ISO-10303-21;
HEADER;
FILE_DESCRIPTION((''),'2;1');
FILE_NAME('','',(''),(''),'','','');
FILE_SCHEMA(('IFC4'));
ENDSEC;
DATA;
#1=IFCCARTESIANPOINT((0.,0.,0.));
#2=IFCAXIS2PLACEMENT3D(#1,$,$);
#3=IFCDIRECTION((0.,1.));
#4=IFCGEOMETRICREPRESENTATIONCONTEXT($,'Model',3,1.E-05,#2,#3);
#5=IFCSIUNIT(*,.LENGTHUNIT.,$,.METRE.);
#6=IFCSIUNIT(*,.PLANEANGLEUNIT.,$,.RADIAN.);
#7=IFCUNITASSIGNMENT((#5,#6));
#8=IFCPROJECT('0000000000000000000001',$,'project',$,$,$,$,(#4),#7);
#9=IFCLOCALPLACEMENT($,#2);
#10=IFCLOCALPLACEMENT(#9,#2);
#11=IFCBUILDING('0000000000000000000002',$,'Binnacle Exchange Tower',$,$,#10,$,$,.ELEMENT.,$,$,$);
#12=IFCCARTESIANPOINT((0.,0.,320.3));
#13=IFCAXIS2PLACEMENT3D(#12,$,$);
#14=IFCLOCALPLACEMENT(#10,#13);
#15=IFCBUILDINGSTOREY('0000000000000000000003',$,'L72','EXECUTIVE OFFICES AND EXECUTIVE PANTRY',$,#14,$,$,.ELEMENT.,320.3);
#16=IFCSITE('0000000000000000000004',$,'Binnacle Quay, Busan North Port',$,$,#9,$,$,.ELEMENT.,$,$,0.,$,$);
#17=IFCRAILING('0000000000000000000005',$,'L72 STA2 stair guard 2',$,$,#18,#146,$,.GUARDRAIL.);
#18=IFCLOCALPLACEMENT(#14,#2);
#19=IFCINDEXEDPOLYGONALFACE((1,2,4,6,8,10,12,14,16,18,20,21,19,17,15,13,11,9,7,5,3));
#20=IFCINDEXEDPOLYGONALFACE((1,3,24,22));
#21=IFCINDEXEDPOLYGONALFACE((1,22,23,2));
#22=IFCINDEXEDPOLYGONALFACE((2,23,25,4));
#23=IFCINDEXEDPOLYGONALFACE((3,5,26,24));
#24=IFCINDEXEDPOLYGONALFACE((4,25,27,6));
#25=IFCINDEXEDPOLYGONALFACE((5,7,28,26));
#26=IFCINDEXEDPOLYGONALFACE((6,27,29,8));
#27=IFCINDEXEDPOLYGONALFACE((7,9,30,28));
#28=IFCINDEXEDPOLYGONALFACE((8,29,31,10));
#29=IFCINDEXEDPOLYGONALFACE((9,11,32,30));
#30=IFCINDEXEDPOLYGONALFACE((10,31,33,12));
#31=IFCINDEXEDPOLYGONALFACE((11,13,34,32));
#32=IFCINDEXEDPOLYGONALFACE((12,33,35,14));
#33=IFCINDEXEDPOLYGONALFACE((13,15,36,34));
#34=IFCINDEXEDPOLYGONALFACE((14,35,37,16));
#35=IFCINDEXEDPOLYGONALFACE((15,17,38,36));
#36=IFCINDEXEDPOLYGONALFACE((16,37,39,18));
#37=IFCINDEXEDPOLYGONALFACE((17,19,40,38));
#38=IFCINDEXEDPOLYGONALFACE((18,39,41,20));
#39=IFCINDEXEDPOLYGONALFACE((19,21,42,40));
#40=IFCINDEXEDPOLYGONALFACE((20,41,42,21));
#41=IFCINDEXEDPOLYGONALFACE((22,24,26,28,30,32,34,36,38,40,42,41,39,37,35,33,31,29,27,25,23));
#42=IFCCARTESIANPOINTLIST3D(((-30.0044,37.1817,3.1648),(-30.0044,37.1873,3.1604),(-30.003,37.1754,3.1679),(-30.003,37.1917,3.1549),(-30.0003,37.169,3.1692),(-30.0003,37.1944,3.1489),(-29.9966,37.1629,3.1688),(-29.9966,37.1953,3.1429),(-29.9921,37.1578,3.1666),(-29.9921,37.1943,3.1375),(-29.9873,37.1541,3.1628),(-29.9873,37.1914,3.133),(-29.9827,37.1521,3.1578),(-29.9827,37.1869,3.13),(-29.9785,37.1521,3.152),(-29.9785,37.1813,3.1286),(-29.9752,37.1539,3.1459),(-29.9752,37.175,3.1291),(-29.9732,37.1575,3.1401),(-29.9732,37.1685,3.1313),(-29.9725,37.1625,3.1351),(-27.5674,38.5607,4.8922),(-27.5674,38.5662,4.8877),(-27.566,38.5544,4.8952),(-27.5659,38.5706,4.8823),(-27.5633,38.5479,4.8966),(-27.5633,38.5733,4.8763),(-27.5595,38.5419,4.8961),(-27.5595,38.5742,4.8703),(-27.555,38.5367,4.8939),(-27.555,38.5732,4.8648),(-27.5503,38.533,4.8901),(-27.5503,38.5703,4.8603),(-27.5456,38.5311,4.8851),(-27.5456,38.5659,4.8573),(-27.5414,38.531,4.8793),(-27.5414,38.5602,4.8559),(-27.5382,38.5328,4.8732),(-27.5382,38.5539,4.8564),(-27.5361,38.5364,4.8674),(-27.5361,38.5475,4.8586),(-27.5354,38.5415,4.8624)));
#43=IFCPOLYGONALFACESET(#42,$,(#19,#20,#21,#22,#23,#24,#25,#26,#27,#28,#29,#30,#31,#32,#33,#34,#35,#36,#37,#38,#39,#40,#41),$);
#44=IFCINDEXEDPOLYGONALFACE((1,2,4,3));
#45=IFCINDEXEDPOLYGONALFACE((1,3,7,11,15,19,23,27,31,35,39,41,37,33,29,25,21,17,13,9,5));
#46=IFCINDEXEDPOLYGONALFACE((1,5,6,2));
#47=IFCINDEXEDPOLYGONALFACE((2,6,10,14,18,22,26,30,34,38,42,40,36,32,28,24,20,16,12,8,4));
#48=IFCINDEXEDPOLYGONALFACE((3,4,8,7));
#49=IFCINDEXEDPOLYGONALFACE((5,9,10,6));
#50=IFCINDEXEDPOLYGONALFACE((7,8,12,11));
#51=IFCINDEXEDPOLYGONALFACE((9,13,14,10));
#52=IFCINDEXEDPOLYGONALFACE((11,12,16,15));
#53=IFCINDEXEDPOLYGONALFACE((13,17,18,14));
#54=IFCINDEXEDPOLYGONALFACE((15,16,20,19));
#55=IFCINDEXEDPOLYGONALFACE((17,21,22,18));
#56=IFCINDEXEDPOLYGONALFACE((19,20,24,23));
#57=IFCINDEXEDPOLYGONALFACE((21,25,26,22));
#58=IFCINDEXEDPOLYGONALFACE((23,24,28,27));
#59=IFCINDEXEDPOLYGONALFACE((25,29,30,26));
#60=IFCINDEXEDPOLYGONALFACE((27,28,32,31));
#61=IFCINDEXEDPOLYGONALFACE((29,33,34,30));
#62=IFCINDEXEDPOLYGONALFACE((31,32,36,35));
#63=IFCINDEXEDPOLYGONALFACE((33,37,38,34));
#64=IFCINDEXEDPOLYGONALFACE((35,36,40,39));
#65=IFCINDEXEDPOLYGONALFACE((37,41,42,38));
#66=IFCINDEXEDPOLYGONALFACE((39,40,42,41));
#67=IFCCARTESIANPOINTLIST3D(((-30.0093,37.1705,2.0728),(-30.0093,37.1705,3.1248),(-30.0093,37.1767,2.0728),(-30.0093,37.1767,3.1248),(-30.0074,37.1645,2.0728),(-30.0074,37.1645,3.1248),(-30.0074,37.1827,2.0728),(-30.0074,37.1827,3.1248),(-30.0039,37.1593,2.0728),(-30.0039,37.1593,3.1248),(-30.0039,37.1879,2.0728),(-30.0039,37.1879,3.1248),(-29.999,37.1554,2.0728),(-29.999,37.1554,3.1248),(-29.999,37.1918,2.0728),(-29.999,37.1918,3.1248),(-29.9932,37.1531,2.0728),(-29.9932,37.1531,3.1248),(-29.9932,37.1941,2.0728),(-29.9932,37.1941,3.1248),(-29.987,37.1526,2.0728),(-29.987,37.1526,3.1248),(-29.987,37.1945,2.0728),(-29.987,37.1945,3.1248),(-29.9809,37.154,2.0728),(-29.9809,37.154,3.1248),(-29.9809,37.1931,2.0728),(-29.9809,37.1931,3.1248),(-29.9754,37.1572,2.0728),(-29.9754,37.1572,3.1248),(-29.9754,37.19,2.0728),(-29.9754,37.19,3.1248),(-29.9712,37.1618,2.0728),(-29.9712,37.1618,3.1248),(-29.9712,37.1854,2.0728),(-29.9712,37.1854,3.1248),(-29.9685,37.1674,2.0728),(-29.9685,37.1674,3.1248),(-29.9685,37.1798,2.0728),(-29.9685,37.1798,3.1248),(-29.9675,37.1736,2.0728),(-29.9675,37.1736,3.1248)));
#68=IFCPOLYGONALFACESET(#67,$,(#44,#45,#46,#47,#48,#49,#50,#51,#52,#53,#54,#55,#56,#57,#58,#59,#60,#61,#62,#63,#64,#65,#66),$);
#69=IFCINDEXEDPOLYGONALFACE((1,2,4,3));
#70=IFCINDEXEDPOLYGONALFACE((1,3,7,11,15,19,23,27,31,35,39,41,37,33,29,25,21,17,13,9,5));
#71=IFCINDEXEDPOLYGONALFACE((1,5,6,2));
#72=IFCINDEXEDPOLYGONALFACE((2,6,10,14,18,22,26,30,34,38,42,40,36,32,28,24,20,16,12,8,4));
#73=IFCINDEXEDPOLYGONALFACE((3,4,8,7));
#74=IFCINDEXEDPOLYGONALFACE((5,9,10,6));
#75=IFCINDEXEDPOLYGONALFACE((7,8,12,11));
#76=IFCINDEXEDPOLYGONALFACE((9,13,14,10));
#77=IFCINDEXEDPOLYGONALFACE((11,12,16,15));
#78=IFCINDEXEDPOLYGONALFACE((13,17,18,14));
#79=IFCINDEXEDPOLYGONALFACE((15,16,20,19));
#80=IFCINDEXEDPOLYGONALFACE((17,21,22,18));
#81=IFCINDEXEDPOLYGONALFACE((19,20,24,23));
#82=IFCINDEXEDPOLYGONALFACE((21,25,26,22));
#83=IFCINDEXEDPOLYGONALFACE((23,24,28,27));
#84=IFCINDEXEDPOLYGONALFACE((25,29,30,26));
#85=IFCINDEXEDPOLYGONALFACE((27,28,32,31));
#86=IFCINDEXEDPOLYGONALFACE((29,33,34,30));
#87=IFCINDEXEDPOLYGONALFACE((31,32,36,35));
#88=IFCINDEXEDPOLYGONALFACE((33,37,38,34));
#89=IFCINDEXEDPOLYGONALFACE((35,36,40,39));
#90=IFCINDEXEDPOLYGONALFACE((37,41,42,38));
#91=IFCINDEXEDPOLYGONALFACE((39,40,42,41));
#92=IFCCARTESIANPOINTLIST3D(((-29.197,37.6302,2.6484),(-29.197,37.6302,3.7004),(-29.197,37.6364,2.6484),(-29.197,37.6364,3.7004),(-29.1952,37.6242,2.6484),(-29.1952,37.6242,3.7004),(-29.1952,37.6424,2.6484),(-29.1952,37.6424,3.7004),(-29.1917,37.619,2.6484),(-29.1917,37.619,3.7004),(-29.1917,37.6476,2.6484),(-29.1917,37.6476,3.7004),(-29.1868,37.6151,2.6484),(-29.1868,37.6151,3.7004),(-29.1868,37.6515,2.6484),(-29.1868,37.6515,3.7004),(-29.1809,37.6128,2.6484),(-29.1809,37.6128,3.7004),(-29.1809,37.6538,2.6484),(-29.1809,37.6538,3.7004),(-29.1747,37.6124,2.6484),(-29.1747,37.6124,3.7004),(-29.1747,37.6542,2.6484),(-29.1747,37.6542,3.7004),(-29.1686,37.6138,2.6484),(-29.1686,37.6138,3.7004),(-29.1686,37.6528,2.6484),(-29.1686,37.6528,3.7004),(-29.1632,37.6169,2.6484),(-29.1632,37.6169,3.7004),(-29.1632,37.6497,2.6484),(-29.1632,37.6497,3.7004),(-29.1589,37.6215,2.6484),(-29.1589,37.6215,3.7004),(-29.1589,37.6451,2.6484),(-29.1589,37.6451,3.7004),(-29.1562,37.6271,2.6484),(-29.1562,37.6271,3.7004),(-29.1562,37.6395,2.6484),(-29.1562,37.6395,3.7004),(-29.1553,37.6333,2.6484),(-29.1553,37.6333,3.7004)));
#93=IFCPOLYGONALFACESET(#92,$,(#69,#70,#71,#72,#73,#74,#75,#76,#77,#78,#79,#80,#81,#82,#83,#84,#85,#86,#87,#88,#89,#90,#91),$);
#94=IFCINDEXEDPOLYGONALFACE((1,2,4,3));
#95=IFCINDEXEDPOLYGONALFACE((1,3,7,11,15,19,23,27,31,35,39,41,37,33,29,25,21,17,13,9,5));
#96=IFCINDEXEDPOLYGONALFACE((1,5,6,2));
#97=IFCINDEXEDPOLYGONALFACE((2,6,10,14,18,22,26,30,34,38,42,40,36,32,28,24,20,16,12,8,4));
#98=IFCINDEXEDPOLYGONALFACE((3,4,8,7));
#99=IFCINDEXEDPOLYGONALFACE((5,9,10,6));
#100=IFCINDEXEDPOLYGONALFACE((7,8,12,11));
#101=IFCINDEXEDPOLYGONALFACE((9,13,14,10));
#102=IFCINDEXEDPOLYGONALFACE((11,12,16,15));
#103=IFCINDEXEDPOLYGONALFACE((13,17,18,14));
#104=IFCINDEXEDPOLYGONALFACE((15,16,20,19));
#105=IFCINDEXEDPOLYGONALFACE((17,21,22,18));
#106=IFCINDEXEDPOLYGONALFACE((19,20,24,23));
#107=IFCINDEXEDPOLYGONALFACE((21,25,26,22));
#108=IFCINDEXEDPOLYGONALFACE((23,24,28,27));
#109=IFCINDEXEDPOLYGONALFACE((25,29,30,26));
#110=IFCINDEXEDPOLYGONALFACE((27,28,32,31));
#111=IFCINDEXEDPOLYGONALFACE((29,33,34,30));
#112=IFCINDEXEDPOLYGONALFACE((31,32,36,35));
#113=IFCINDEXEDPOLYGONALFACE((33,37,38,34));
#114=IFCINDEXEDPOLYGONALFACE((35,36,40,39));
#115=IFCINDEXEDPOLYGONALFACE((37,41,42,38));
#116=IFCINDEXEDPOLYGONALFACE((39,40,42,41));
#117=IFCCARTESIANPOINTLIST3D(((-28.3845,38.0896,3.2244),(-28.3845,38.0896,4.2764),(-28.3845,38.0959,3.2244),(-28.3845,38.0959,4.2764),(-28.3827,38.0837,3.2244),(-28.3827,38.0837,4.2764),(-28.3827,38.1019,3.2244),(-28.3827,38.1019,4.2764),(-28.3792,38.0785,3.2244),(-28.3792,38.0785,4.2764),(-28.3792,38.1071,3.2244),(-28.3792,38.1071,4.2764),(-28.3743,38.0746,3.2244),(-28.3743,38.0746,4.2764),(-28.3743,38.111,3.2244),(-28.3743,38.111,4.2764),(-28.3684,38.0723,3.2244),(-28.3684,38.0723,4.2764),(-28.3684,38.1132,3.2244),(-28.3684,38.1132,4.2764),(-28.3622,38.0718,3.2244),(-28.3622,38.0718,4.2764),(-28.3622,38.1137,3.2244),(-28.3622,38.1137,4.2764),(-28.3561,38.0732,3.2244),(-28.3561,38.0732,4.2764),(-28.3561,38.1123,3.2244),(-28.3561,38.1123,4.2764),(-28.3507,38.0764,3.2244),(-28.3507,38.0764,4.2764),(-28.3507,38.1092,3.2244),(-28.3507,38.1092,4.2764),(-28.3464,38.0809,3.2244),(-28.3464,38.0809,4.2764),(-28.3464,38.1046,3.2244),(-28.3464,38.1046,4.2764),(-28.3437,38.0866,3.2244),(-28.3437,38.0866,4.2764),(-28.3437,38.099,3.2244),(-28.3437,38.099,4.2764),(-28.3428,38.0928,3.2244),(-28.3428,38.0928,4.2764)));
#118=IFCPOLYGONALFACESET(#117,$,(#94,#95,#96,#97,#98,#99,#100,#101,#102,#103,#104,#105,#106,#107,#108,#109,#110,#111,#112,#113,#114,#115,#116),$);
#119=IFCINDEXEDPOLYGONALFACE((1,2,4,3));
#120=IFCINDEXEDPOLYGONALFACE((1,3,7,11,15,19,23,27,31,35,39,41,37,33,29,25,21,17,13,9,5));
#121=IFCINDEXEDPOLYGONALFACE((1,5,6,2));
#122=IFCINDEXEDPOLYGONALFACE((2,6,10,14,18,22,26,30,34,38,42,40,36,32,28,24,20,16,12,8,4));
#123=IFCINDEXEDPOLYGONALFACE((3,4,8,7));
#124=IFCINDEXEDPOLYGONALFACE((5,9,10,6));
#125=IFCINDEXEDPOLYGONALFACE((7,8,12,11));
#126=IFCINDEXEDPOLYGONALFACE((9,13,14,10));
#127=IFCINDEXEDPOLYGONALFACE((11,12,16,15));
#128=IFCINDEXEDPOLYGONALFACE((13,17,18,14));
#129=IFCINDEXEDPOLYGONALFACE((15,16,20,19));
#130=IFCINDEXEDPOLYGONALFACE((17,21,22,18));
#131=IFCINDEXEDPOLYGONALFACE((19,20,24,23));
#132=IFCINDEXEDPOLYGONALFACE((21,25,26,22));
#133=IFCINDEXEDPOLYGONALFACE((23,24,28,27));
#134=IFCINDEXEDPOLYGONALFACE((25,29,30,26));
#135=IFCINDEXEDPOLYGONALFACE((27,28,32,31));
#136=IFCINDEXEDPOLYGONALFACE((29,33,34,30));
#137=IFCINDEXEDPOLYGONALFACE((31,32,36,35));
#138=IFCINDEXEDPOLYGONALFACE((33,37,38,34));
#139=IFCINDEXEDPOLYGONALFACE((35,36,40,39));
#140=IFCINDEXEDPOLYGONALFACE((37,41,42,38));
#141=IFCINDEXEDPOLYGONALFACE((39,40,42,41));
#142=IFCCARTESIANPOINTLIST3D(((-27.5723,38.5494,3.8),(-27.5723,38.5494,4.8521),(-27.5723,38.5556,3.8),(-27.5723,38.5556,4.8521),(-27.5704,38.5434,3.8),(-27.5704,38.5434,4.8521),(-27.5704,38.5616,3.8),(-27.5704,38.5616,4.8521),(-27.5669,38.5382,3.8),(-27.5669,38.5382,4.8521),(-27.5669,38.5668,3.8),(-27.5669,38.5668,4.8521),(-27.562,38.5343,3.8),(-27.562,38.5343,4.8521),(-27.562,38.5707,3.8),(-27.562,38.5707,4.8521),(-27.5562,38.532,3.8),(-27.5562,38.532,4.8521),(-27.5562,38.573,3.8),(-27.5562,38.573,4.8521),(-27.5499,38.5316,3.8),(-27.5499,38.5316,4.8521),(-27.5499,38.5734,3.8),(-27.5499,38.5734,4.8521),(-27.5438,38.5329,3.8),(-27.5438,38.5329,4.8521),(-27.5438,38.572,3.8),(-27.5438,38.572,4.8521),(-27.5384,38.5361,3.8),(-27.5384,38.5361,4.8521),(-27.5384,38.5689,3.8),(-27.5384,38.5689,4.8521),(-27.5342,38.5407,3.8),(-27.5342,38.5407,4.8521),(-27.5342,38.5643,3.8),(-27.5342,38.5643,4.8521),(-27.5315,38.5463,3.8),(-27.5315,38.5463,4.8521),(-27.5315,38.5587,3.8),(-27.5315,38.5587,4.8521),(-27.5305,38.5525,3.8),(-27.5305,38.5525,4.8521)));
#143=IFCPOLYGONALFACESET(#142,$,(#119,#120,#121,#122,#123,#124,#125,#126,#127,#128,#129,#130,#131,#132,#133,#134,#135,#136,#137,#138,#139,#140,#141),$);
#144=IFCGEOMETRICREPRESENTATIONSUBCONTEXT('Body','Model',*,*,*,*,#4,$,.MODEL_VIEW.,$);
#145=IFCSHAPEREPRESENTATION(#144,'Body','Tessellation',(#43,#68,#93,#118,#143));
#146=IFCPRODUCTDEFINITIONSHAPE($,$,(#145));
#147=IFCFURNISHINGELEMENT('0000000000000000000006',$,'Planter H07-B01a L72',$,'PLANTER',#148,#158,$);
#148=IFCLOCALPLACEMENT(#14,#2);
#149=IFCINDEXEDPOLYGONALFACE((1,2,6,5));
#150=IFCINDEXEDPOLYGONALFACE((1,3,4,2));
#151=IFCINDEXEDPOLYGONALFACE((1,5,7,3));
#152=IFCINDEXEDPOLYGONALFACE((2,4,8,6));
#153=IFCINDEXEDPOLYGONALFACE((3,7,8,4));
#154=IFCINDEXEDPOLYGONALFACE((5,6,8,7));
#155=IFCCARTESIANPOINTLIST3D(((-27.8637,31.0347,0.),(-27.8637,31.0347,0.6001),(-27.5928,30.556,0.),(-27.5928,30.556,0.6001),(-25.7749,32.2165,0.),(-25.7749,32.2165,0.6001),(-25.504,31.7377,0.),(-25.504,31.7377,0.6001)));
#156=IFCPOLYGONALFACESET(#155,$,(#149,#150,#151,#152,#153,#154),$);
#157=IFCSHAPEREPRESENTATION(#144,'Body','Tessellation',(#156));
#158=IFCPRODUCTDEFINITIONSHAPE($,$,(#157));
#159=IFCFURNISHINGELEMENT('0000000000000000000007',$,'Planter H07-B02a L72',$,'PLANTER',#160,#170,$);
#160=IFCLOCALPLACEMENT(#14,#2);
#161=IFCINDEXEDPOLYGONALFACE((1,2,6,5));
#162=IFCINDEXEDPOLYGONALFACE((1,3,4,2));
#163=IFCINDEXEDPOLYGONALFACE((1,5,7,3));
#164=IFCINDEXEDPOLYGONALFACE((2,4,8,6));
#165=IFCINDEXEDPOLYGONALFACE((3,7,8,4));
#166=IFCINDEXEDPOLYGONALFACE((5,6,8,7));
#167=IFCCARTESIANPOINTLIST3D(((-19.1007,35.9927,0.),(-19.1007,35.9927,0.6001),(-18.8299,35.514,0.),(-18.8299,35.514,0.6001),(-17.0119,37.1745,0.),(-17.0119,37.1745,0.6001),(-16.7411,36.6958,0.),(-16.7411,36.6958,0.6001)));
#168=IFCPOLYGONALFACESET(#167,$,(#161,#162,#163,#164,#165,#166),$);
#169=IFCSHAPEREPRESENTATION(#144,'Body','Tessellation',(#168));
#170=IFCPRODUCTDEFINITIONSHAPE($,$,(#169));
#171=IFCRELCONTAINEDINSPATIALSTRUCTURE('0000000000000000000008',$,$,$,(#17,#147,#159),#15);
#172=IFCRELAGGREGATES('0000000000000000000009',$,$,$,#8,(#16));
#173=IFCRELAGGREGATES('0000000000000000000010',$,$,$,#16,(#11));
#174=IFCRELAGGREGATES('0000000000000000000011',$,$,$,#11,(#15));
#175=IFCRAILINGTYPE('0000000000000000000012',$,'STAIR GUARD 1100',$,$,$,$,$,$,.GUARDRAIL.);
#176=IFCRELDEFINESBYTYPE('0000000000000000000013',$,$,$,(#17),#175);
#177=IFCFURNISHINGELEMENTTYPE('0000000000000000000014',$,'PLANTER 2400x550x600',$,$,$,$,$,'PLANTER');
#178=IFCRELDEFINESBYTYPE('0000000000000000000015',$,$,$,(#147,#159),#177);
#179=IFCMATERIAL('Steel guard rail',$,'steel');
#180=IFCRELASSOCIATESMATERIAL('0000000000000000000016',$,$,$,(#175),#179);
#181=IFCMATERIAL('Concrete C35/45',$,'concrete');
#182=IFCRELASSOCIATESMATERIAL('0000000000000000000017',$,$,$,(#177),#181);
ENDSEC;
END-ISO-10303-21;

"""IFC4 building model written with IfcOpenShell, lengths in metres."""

from ifc_helpers import new_model, si_unit, direction, frame, origin, origin_2d, place, context, subcontext, project, spatial, rectangle, circle, extrude, material, type_object, element, save


model = new_model("IFC4")

# Units and contexts
model_context = context("Model", 3, precision=1e-05, world=origin(), true_north=direction((0.0, 1.0)))
body_context = subcontext(model_context, "Body", "Model", "MODEL_VIEW")
ifc_project = project(units=[si_unit("LENGTHUNIT", "METRE"), si_unit("PLANEANGLEUNIT", "RADIAN")], contexts=[model_context])

# Site, building, storey
site_placement = place(None, origin())
site = spatial("IfcSite", under=ifc_project, at=site_placement, Name="Binnacle Quay, Busan North Port", CompositionType="ELEMENT", RefElevation=0.0)
building_placement = place(site_placement, origin())
building = spatial("IfcBuilding", under=site, at=building_placement, Name="Binnacle Exchange Tower", CompositionType="ELEMENT")
storey_placement = place(building_placement, frame((0.0, 0.0, 320.3)))
storey = spatial("IfcBuildingStorey", under=building, at=storey_placement, Name="L72", Description="EXECUTIVE OFFICES AND EXECUTIVE PANTRY", CompositionType="ELEMENT", Elevation=320.3)

# Shared definitions
ifc_material_1 = material(Name="Concrete C35/45", Category="concrete")

# Railing
ifc_material_2 = material(Name="Steel guard rail", Category="steel")
railing_type_1 = type_object("IfcRailingType", Name="STAIR GUARD 1100", PredefinedType="GUARDRAIL", material=ifc_material_2)
railing_1_placement = place(storey_placement, frame((-29.9885, 37.1736, 2.0728)))
element("IfcRailing", 1, at=railing_1_placement, inside=storey, type_object=railing_type_1, Name="L72 STA2 stair guard 2", PredefinedType="GUARDRAIL", context=body_context, shape_type="SweptSolid", body=[
    extrude(circle(Radius=0.0239, at=origin_2d()), frame((0.0, 0.0, 1.0762), z_axis=(0.740738, 0.419123, 0.525017), x_axis=(-0.492454, 0.870339, 0.0)), (0.0, 0.0, 1.0), 3.29),
    extrude(circle(Radius=0.021, at=origin_2d()), origin(), (0.0, 0.0, 1.0), 1.052),
    extrude(circle(Radius=0.021, at=origin_2d()), frame((0.8123, 0.4597, 0.5757)), (0.0, 0.0, 1.0), 1.052),
    extrude(circle(Radius=0.021, at=origin_2d()), frame((1.6248, 0.9192, 1.1516)), (0.0, 0.0, 1.0), 1.052),
    extrude(circle(Radius=0.021, at=origin_2d()), frame((2.437, 1.3789, 1.7273)), (0.0, 0.0, 1.0), 1.052),
])

# Furnishing elements
furnishing_element_type = type_object("IfcFurnishingElementType", Name="PLANTER 2400x550x600", ElementType="PLANTER", material=ifc_material_1)
for number, where, z_axis, x_axis, name in (
    (2, (-26.6838, 31.3862, 0.0), (0.0, 0.0, 1.0), (0.870356, 0.492424, 0.0), "Planter H07-B01a L72"),
    (3, (-17.9209, 36.3442, 0.0), (0.0, 0.0, 1.0), (0.870356, 0.492424, 0.0), "Planter H07-B02a L72"),
):
    element("IfcFurnishingElement", number, at=place(storey_placement, frame(where, z_axis=z_axis, x_axis=x_axis)), inside=storey, type_object=furnishing_element_type, Name=name, ObjectType="PLANTER", context=body_context, shape_type="SweptSolid", body=[
        extrude(rectangle(XDim=2.3999, YDim=0.55, at=origin_2d()), origin(), (0.0, 0.0, 1.0), 0.6001),
    ])

save(model, "model.ifc")
